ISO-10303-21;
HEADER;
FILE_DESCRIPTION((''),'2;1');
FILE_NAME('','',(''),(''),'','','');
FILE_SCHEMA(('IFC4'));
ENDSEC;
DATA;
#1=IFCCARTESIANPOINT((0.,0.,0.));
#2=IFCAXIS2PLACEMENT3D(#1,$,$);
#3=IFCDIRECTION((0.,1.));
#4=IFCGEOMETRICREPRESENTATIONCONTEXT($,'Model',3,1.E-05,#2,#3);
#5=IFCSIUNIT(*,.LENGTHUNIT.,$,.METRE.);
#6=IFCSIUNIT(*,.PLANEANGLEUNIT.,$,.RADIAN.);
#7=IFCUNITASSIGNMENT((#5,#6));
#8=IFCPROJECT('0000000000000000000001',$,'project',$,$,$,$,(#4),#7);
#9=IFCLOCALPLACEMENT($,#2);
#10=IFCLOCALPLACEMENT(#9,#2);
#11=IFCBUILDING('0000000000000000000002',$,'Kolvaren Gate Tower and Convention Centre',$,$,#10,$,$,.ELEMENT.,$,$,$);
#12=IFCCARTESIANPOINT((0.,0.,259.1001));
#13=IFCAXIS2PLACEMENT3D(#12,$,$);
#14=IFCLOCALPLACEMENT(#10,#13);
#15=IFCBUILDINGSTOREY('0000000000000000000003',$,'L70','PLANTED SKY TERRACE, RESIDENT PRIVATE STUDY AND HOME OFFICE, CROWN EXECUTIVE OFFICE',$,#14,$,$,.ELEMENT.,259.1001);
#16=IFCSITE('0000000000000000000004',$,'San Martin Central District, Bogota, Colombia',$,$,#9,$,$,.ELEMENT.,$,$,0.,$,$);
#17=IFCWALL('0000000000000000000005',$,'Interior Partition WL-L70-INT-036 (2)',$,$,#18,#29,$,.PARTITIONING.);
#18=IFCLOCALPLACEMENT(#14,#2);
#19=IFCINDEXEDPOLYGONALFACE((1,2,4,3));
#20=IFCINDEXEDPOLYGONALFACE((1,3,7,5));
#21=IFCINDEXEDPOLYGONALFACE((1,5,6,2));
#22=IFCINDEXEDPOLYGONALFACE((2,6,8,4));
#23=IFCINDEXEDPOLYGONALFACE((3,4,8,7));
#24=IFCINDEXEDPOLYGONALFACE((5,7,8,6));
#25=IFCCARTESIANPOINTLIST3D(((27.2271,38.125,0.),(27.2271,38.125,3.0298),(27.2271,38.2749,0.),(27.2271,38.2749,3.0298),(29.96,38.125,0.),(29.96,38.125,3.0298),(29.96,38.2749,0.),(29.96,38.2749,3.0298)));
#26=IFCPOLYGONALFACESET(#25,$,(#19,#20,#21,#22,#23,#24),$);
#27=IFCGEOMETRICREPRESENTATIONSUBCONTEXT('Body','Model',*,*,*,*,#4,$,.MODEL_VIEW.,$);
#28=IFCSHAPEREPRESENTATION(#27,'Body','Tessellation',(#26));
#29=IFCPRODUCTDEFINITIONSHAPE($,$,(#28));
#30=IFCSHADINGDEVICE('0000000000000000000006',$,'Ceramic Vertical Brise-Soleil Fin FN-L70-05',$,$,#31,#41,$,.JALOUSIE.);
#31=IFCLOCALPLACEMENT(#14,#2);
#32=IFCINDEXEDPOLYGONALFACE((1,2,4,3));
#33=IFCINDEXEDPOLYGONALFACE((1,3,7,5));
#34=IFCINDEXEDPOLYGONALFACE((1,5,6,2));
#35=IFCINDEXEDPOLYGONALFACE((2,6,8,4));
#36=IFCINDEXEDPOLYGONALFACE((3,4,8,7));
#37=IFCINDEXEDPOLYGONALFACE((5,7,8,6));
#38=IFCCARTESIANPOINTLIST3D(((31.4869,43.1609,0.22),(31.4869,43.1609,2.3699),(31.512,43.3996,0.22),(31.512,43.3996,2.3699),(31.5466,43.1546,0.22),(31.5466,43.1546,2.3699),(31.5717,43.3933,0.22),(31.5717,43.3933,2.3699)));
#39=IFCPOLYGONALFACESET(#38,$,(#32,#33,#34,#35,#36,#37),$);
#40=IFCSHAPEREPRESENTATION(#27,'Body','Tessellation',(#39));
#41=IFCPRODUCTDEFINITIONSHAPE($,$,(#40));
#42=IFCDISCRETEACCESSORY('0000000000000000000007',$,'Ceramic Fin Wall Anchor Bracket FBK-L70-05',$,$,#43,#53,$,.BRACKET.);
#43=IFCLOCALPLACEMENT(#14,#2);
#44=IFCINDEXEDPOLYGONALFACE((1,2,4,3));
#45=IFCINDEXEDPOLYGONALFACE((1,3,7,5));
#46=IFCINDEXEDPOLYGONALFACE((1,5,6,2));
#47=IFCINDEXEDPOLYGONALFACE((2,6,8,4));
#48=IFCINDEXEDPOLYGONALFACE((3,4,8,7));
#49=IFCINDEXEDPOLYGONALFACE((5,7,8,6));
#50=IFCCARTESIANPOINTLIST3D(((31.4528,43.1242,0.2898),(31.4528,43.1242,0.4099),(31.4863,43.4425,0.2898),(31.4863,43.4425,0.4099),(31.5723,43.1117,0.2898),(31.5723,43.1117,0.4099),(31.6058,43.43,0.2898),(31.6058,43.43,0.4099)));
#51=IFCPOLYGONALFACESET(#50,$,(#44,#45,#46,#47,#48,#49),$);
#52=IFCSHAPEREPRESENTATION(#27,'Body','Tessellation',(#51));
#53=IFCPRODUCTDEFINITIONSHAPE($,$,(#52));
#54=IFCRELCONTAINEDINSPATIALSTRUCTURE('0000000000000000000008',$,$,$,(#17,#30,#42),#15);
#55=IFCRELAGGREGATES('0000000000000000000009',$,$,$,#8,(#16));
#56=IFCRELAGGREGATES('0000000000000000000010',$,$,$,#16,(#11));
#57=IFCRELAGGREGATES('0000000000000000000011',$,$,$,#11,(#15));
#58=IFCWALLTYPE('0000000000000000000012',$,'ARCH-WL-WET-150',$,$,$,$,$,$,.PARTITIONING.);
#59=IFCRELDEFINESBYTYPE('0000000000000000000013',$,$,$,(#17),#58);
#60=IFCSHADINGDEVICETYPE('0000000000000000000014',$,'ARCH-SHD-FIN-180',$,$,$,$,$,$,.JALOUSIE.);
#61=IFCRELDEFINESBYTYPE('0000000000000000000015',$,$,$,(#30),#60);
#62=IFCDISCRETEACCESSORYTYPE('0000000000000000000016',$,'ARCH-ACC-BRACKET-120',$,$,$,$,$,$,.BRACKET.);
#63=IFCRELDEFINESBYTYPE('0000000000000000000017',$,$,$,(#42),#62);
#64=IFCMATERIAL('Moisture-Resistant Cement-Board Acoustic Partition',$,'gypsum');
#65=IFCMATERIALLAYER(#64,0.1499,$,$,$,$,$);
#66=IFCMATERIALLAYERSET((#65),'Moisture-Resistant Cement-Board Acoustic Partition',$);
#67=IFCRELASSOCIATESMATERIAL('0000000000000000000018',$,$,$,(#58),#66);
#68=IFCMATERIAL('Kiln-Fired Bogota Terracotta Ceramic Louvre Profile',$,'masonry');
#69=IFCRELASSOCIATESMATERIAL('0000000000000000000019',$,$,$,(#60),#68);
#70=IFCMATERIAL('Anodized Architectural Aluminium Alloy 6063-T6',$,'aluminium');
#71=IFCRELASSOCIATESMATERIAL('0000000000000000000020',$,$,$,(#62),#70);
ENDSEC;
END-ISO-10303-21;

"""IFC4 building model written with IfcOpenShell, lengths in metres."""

from ifc_helpers import new_model, si_unit, direction, frame, frame_2d, origin, origin_2d, place, context, subcontext, project, spatial, rectangle, extrude, material, layer, layer_set, type_object, element, save


model = new_model("IFC4")

# Units and contexts
model_context = context("Model", 3, precision=1e-05, world=origin(), true_north=direction((0.0, 1.0)))
body_context = subcontext(model_context, "Body", "Model", "MODEL_VIEW")
ifc_project = project(units=[si_unit("LENGTHUNIT", "METRE"), si_unit("PLANEANGLEUNIT", "RADIAN")], contexts=[model_context])

# Site, building, storey
site_placement = place(None, origin())
site = spatial("IfcSite", under=ifc_project, at=site_placement, Name="San Martin Central District, Bogota, Colombia", CompositionType="ELEMENT", RefElevation=0.0)
building_placement = place(site_placement, origin())
building = spatial("IfcBuilding", under=site, at=building_placement, Name="Kolvaren Gate Tower and Convention Centre", CompositionType="ELEMENT")
storey_placement = place(building_placement, frame((0.0, 0.0, 259.1001)))
storey = spatial("IfcBuildingStorey", under=building, at=storey_placement, Name="L70", Description="PLANTED SKY TERRACE, RESIDENT PRIVATE STUDY AND HOME OFFICE, CROWN EXECUTIVE OFFICE", CompositionType="ELEMENT", Elevation=259.1001)

# Wall
ifc_material_1 = material(Name="Moisture-Resistant Cement-Board Acoustic Partition", Category="gypsum")
ifc_layer_1 = layer(ifc_material_1, 0.1499)
ifc_layer_set_1 = layer_set([ifc_layer_1], Name="Moisture-Resistant Cement-Board Acoustic Partition")
wall_type_1 = type_object("IfcWallType", Name="ARCH-WL-WET-150", PredefinedType="PARTITIONING", material=ifc_layer_set_1)
wall_1_placement = place(storey_placement, frame((27.2271, 38.2, 0.0), z_axis=(0.0, 0.0, 1.0), x_axis=(1.0, 0.0, 0.0)))
element("IfcWall", 1, at=wall_1_placement, inside=storey, type_object=wall_type_1, Name="Interior Partition WL-L70-INT-036 (2)", PredefinedType="PARTITIONING", context=body_context, shape_type="SweptSolid", body=[
    extrude(rectangle(XDim=2.7329, YDim=0.1499, at=frame_2d((1.3665, 0.0))), origin(), (0.0, 0.0, 1.0), 3.0298),
])

# Shading device
ifc_material_2 = material(Name="Kiln-Fired Bogota Terracotta Ceramic Louvre Profile", Category="masonry")
shading_device_type = type_object("IfcShadingDeviceType", Name="ARCH-SHD-FIN-180", PredefinedType="JALOUSIE", material=ifc_material_2)
shading_device_placement = place(storey_placement, frame((31.5293, 43.2771, 0.22), z_axis=(0.0, 0.0, 1.0), x_axis=(0.994499, -0.104749, 0.0)))
element("IfcShadingDevice", 2, at=shading_device_placement, inside=storey, type_object=shading_device_type, Name="Ceramic Vertical Brise-Soleil Fin FN-L70-05", PredefinedType="JALOUSIE", context=body_context, shape_type="SweptSolid", body=[
    extrude(rectangle(XDim=0.0601, YDim=0.24, at=origin_2d()), origin(), (0.0, 0.0, 1.0), 2.1499),
])

# Discrete accessory
ifc_material_3 = material(Name="Anodized Architectural Aluminium Alloy 6063-T6", Category="aluminium")
discrete_accessory_type = type_object("IfcDiscreteAccessoryType", Name="ARCH-ACC-BRACKET-120", PredefinedType="BRACKET", material=ifc_material_3)
discrete_accessory_placement = place(storey_placement, frame((31.5293, 43.2771, 0.2898), z_axis=(0.0, 0.0, 1.0), x_axis=(0.994499, -0.104749, 0.0)))
element("IfcDiscreteAccessory", 3, at=discrete_accessory_placement, inside=storey, type_object=discrete_accessory_type, Name="Ceramic Fin Wall Anchor Bracket FBK-L70-05", PredefinedType="BRACKET", context=body_context, shape_type="SweptSolid", body=[
    extrude(rectangle(XDim=0.1201, YDim=0.3201, at=origin_2d()), origin(), (0.0, 0.0, 1.0), 0.1201),
])

save(model, "model.ifc")
